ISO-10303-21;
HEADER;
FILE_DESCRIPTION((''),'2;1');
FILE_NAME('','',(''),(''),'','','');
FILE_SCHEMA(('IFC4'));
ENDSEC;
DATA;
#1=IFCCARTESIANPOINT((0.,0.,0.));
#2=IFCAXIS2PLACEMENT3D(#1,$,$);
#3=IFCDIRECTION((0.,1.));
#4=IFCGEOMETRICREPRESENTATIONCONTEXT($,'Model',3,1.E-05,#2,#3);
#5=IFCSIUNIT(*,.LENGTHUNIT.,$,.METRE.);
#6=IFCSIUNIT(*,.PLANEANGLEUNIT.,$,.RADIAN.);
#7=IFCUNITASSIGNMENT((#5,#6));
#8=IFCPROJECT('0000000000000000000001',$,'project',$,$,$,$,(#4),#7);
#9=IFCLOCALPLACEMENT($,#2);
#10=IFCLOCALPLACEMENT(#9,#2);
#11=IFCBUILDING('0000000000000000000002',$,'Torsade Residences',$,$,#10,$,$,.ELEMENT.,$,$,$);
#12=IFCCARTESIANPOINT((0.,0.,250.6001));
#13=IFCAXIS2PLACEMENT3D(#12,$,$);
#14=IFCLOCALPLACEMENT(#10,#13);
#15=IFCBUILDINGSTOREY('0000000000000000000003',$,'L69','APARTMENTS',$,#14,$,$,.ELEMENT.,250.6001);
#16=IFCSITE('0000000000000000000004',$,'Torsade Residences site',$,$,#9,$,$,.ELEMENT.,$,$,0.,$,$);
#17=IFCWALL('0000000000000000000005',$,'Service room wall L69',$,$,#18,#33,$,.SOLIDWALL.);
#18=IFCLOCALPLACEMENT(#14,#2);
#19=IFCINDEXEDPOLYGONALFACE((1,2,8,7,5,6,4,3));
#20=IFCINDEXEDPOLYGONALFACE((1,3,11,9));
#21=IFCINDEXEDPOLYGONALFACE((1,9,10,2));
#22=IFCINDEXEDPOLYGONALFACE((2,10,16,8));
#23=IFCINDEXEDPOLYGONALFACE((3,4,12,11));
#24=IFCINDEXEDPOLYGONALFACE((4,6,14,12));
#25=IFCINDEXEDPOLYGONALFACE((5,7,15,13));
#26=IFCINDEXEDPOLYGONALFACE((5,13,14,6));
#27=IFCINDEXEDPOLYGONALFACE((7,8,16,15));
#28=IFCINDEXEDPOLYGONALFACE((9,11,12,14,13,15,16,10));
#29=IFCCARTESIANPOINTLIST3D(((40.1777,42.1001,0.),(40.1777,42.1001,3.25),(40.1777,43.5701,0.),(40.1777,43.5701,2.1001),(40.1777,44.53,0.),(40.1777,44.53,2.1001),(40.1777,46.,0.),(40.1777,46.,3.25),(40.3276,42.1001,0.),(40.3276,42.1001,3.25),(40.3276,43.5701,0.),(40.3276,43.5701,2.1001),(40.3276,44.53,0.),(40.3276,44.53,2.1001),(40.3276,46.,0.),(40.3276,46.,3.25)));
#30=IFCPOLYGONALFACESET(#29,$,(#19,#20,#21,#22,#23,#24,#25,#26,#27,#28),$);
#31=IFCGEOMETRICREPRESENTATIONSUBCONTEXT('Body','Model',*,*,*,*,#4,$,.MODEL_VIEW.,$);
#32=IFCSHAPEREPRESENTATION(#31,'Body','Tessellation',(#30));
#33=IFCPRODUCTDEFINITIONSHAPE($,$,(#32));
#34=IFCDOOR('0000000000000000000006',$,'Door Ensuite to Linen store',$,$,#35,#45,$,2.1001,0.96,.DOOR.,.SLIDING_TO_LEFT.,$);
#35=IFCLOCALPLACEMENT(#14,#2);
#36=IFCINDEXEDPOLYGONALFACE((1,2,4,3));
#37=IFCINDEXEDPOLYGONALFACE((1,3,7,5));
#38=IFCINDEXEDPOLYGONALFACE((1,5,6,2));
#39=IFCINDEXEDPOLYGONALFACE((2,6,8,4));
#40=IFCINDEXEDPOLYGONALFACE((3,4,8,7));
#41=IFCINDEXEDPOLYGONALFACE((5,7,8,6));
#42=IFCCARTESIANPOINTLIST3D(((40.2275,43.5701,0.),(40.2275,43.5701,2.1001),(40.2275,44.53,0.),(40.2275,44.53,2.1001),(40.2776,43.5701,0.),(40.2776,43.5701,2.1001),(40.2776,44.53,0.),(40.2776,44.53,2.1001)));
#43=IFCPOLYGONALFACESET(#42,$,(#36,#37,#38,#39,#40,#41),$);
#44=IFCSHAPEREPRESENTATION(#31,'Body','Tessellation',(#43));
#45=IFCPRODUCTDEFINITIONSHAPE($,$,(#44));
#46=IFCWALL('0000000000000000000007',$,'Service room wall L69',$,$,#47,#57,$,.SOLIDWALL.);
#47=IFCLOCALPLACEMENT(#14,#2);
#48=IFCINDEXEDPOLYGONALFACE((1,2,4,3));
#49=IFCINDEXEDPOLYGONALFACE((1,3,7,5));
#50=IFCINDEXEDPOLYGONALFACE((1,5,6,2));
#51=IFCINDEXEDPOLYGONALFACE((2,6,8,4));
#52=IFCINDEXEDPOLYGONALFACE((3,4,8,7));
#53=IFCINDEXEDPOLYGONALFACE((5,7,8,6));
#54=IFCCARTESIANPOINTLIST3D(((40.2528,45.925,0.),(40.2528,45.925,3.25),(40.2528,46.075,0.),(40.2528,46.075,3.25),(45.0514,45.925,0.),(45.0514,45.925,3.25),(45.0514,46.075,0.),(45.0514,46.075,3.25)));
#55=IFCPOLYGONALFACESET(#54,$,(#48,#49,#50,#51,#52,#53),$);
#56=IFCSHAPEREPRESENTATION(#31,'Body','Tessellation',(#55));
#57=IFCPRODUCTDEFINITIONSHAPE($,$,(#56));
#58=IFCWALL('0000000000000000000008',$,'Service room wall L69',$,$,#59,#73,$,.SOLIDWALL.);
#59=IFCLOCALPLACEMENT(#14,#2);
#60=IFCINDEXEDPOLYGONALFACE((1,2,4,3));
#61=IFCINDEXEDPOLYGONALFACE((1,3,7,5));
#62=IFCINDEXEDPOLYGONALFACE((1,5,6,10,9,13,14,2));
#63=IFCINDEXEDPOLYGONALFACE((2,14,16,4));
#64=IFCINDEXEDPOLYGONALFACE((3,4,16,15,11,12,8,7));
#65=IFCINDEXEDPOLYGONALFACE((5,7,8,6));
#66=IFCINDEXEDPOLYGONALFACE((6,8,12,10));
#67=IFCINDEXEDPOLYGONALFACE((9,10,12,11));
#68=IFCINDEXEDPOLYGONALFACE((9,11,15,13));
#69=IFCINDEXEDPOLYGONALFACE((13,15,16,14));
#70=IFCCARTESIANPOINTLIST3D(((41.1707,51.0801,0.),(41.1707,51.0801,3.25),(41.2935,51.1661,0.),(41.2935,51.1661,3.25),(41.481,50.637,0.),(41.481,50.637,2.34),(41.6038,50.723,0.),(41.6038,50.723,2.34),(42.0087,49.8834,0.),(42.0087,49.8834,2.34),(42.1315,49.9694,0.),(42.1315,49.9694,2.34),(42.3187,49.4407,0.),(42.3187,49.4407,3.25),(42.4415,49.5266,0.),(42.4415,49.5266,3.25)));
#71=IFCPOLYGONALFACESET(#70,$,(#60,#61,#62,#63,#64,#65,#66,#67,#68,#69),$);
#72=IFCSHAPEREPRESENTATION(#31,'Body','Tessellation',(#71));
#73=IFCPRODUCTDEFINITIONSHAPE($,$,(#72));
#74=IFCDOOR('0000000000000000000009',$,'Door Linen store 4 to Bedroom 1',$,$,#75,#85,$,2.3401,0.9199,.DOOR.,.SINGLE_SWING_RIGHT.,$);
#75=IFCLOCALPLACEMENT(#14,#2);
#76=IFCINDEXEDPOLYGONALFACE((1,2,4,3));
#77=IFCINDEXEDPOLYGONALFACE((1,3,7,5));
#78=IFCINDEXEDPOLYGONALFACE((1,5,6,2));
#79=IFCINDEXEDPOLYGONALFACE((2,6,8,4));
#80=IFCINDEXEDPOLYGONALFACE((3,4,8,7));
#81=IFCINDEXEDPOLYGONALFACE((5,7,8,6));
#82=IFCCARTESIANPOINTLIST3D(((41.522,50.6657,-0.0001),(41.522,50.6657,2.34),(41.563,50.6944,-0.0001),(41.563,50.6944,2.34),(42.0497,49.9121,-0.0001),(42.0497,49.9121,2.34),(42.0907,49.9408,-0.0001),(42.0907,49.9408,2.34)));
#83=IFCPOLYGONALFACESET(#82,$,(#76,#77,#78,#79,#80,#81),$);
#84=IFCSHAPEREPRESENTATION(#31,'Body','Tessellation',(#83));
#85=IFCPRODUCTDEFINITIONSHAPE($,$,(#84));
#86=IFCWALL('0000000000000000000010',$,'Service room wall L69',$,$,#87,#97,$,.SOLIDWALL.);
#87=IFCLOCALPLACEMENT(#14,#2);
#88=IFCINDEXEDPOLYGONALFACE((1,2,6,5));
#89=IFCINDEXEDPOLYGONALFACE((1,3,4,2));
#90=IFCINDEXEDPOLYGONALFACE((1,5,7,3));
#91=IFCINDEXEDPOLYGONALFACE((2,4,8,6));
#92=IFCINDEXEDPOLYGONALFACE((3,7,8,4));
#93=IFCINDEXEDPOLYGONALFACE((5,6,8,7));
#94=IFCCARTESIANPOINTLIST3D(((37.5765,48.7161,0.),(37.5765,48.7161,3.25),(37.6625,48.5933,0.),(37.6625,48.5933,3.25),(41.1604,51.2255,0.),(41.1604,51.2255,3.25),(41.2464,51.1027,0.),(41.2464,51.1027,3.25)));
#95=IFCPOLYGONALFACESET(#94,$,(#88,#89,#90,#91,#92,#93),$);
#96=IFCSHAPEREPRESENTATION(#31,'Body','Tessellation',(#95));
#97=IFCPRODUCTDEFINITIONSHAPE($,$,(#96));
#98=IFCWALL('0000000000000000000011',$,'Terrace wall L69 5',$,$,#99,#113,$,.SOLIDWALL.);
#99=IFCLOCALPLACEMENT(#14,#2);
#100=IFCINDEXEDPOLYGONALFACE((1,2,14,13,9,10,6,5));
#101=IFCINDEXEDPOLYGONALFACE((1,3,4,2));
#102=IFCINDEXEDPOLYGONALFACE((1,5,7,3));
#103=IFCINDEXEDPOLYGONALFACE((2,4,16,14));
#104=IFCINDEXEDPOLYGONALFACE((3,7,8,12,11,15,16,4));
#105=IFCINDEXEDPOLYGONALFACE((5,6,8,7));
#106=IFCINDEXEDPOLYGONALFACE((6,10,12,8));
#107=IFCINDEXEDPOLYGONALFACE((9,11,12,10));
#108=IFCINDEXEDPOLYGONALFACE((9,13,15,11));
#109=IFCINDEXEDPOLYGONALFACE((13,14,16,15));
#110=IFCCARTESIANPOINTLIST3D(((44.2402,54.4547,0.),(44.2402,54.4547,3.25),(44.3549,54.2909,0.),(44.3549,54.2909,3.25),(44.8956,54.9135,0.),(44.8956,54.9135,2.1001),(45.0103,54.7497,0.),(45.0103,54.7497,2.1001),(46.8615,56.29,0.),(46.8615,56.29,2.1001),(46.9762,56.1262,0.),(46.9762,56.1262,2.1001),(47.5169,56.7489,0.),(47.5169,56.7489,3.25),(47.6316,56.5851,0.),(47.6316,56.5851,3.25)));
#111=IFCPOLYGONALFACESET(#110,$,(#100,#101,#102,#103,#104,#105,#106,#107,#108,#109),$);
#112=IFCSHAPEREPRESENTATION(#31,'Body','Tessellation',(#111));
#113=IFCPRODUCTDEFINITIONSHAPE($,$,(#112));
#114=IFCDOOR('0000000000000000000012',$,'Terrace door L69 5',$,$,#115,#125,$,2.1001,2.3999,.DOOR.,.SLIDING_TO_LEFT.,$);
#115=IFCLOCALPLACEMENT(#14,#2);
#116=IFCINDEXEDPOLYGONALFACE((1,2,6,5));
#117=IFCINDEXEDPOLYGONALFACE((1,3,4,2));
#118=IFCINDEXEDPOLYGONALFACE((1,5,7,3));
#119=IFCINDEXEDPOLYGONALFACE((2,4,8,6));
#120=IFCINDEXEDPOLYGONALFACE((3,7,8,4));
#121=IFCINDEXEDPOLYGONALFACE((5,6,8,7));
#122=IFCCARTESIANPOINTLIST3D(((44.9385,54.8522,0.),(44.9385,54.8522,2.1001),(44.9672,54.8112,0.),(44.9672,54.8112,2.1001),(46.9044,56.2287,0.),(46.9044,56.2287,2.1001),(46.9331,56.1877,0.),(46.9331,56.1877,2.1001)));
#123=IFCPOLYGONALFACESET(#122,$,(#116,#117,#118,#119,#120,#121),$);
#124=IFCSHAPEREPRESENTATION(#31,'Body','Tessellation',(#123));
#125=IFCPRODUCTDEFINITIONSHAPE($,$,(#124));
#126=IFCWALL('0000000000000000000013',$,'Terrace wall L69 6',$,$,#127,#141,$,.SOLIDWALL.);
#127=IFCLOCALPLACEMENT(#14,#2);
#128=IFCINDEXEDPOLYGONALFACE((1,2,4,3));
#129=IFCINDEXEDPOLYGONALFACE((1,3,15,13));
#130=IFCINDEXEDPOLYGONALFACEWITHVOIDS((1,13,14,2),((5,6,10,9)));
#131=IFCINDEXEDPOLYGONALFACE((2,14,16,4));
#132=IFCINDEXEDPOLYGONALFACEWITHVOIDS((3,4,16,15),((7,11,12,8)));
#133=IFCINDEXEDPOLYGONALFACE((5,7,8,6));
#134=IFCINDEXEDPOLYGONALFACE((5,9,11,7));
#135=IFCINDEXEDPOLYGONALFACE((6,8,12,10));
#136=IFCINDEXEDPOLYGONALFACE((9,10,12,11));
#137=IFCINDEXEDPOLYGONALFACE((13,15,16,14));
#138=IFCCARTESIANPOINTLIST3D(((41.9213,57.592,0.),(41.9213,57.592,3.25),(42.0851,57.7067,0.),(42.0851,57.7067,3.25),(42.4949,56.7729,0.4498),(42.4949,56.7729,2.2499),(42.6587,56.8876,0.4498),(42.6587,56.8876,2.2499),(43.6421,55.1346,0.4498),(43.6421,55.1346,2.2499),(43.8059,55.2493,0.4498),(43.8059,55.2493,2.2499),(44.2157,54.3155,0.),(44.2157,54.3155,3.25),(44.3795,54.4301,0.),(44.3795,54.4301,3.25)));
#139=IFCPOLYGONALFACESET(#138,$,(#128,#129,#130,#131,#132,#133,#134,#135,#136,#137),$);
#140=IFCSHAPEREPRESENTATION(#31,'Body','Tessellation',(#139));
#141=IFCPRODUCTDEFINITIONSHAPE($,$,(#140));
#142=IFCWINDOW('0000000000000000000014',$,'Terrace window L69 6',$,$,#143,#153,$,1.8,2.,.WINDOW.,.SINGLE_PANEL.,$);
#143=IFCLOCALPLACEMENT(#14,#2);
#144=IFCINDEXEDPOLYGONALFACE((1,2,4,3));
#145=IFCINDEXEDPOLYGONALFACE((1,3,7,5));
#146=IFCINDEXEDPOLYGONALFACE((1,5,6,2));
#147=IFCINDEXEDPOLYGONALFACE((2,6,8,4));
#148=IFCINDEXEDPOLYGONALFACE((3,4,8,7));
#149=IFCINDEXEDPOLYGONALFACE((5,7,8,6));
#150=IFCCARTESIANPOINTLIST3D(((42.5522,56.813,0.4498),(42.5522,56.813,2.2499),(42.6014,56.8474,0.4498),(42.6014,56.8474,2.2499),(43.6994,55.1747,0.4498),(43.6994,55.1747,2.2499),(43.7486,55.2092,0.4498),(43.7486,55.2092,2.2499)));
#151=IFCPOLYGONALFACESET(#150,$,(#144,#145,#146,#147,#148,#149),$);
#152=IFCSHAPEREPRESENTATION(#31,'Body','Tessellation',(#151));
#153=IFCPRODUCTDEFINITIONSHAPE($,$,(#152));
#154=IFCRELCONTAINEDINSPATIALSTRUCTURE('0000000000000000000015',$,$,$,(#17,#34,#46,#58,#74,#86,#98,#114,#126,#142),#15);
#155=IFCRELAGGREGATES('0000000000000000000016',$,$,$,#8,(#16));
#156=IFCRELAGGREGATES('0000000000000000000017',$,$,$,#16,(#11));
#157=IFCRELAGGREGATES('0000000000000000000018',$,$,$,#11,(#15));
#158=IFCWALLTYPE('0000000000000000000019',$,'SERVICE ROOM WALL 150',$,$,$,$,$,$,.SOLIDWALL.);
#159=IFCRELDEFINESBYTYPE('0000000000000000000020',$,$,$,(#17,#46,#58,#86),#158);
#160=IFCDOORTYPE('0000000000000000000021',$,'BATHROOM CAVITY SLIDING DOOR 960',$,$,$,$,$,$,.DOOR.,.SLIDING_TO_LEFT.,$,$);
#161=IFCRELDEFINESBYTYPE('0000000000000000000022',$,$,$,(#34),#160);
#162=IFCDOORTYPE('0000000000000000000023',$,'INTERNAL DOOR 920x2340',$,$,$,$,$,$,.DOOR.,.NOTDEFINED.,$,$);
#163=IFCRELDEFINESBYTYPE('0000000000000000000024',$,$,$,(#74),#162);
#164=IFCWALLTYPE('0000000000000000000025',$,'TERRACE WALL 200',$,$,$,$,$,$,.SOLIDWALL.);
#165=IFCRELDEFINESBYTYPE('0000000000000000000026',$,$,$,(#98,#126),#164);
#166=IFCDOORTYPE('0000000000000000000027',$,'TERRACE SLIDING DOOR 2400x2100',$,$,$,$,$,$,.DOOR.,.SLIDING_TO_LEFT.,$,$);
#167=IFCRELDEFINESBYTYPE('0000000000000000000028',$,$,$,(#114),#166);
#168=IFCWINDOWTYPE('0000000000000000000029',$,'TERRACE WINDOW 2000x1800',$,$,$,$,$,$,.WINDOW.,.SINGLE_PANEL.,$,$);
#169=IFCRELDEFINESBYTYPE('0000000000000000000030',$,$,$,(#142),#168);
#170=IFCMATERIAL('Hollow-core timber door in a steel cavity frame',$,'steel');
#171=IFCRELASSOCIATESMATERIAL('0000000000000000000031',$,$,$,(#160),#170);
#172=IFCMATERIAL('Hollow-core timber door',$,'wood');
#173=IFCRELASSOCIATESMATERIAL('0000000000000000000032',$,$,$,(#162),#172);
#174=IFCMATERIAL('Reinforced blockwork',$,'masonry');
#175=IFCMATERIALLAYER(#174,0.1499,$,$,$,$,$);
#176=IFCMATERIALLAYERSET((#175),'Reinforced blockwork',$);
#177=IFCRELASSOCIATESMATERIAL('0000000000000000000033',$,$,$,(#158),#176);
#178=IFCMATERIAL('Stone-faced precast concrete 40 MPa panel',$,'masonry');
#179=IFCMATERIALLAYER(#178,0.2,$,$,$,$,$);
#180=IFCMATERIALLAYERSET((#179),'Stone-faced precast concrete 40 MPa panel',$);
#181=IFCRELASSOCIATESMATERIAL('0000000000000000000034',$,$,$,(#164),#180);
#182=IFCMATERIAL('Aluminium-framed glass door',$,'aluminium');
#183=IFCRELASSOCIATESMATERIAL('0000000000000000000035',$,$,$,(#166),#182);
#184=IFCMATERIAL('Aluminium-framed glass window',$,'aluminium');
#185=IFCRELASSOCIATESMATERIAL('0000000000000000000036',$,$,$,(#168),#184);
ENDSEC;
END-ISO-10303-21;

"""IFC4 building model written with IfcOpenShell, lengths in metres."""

from ifc_helpers import new_model, si_unit, direction, frame, frame_2d, origin, place, context, subcontext, project, spatial, rectangle, extrude, material, layer, layer_set, type_object, element, fill, save


model = new_model("IFC4")

# Units and contexts
model_context = context("Model", 3, precision=1e-05, world=origin(), true_north=direction((0.0, 1.0)))
body_context = subcontext(model_context, "Body", "Model", "MODEL_VIEW")
ifc_project = project(units=[si_unit("LENGTHUNIT", "METRE"), si_unit("PLANEANGLEUNIT", "RADIAN")], contexts=[model_context])

# Site, building, storey
site_placement = place(None, origin())
site = spatial("IfcSite", under=ifc_project, at=site_placement, Name="Torsade Residences site", CompositionType="ELEMENT", RefElevation=0.0)
building_placement = place(site_placement, origin())
building = spatial("IfcBuilding", under=site, at=building_placement, Name="Torsade Residences", CompositionType="ELEMENT")
storey_placement = place(building_placement, frame((0.0, 0.0, 250.6001)))
storey = spatial("IfcBuildingStorey", under=building, at=storey_placement, Name="L69", Description="APARTMENTS", CompositionType="ELEMENT", Elevation=250.6001)

# Shared definitions
ifc_material_1 = material(Name="Hollow-core timber door in a steel cavity frame", Category="steel")
door_type_1 = type_object("IfcDoorType", Name="BATHROOM CAVITY SLIDING DOOR 960", OperationType="SLIDING_TO_LEFT", PredefinedType="DOOR", material=ifc_material_1)
ifc_material_2 = material(Name="Hollow-core timber door", Category="wood")
door_type_2 = type_object("IfcDoorType", Name="INTERNAL DOOR 920x2340", OperationType="NOTDEFINED", PredefinedType="DOOR", material=ifc_material_2)

# Wall, opening, door
ifc_material_3 = material(Name="Reinforced blockwork", Category="masonry")
ifc_layer_1 = layer(ifc_material_3, 0.1499)
ifc_layer_set_1 = layer_set([ifc_layer_1], Name="Reinforced blockwork")
wall_type_1 = type_object("IfcWallType", Name="SERVICE ROOM WALL 150", PredefinedType="SOLIDWALL", material=ifc_layer_set_1)
wall_1_placement = place(storey_placement, frame((40.2527, 46.0, 0.0), z_axis=(0.0, 0.0, 1.0), x_axis=(0.0, -1.0, 0.0)))
wall_1 = element("IfcWall", 1, at=wall_1_placement, inside=storey, type_object=wall_type_1, Name="Service room wall L69", PredefinedType="SOLIDWALL", context=body_context, shape_type="SweptSolid", body=[
    extrude(rectangle(XDim=3.8999, YDim=0.1499, at=frame_2d((1.95, 0.0))), origin(), (0.0, 0.0, 1.0), 3.25),
])
opening_1_placement = place(wall_1_placement, frame((1.47, 0.0, 0.0)))
opening_1 = element("IfcOpeningElement", 2, at=opening_1_placement, cuts=wall_1, PredefinedType="OPENING", context=body_context, shape_type="SweptSolid", body=[
    extrude(rectangle(XDim=0.96, YDim=2.1001, at=frame_2d((0.48, 1.05))), frame((0.0, 0.085, 0.0), z_axis=(0.0, -1.0, 0.0), x_axis=(1.0, 0.0, 0.0)), (0.0, 0.0, 1.0), 0.1699),
])
door_1_placement = place(opening_1_placement, origin())
door_1 = element("IfcDoor", 3, at=door_1_placement, inside=storey, type_object=door_type_1, Name="Door Ensuite to Linen store", OperationType="SLIDING_TO_LEFT", OverallHeight=2.1001, OverallWidth=0.96, PredefinedType="DOOR", context=body_context, shape_type="SweptSolid", body=[
    extrude(rectangle(XDim=0.96, YDim=2.1001, at=frame_2d((0.48, 1.05))), frame((0.0, 0.0249, 0.0), z_axis=(0.0, -1.0, 0.0), x_axis=(1.0, 0.0, 0.0)), (0.0, 0.0, 1.0), 0.05),
])
fill(opening_1, door_1)

# Wall
wall_2_placement = place(storey_placement, frame((40.2527, 46.0, 0.0), z_axis=(0.0, 0.0, 1.0), x_axis=(1.0, 0.0, 0.0)))
element("IfcWall", 4, at=wall_2_placement, inside=storey, type_object=wall_type_1, Name="Service room wall L69", PredefinedType="SOLIDWALL", context=body_context, shape_type="SweptSolid", body=[
    extrude(rectangle(XDim=4.7986, YDim=0.1499, at=frame_2d((2.3994, 0.0))), origin(), (0.0, 0.0, 1.0), 3.25),
])

# Wall, opening, door
wall_3_placement = place(storey_placement, frame((42.3801, 49.4836, 0.0), z_axis=(0.0, 0.0, 1.0), x_axis=(-0.573585, 0.819146, 0.0)))
wall_3 = element("IfcWall", 5, at=wall_3_placement, inside=storey, type_object=wall_type_1, Name="Service room wall L69", PredefinedType="SOLIDWALL", context=body_context, shape_type="SweptSolid", body=[
    extrude(rectangle(XDim=2.0015, YDim=0.1499, at=frame_2d((1.0007, 0.0))), origin(), (0.0, 0.0, 1.0), 3.25),
])
opening_2_placement = place(wall_3_placement, frame((0.5405, 0.0, 0.0)))
opening_2 = element("IfcOpeningElement", 6, at=opening_2_placement, cuts=wall_3, PredefinedType="OPENING", context=body_context, shape_type="SweptSolid", body=[
    extrude(rectangle(XDim=0.9199, YDim=2.3401, at=frame_2d((0.46, 1.1699))), frame((0.0, 0.085, 0.0), z_axis=(0.0, -1.0, 0.0), x_axis=(1.0, 0.0, 0.0)), (0.0, 0.0, 1.0), 0.1699),
])
door_2_placement = place(opening_2_placement, origin())
door_2 = element("IfcDoor", 7, at=door_2_placement, inside=storey, type_object=door_type_2, Name="Door Linen store 4 to Bedroom 1", OperationType="SINGLE_SWING_RIGHT", OverallHeight=2.3401, OverallWidth=0.9199, PredefinedType="DOOR", context=body_context, shape_type="SweptSolid", body=[
    extrude(rectangle(XDim=0.9199, YDim=2.3401, at=frame_2d((0.46, 1.1699))), frame((0.0, 0.0249, 0.0), z_axis=(0.0, -1.0, 0.0), x_axis=(1.0, 0.0, 0.0)), (0.0, 0.0, 1.0), 0.05),
])
fill(opening_2, door_2)

# Wall
wall_4_placement = place(storey_placement, frame((41.2034, 51.1641, 0.0), z_axis=(0.0, 0.0, 1.0), x_axis=(-0.819161, -0.573563, 0.0)))
element("IfcWall", 8, at=wall_4_placement, inside=storey, type_object=wall_type_1, Name="Service room wall L69", PredefinedType="SOLIDWALL", context=body_context, shape_type="SweptSolid", body=[
    extrude(rectangle(XDim=4.375, YDim=0.1499, at=frame_2d((2.1875, 0.0))), origin(), (0.0, 0.0, 1.0), 3.25),
])

# Wall, opening, door
ifc_material_4 = material(Name="Stone-faced precast concrete 40 MPa panel", Category="masonry")
ifc_layer_2 = layer(ifc_material_4, 0.2)
ifc_layer_set_2 = layer_set([ifc_layer_2], Name="Stone-faced precast concrete 40 MPa panel")
wall_type_2 = type_object("IfcWallType", Name="TERRACE WALL 200", PredefinedType="SOLIDWALL", material=ifc_layer_set_2)
wall_5_placement = place(storey_placement, frame((47.5742, 56.667, 0.0), z_axis=(0.0, 0.0, 1.0), x_axis=(-0.819166, -0.573557, 0.0)))
wall_5 = element("IfcWall", 9, at=wall_5_placement, inside=storey, type_object=wall_type_2, Name="Terrace wall L69 5", PredefinedType="SOLIDWALL", context=body_context, shape_type="SweptSolid", body=[
    extrude(rectangle(XDim=4.0, YDim=0.2, at=frame_2d((2.0, 0.0))), origin(), (0.0, 0.0, 1.0), 3.25),
])
opening_3_placement = place(wall_5_placement, frame((0.8, 0.0, 0.0)))
opening_3 = element("IfcOpeningElement", 10, at=opening_3_placement, cuts=wall_5, PredefinedType="OPENING", context=body_context, shape_type="SweptSolid", body=[
    extrude(rectangle(XDim=2.3999, YDim=2.1001, at=frame_2d((1.2, 1.05))), frame((0.0, 0.1099, 0.0), z_axis=(0.0, -1.0, 0.0), x_axis=(1.0, 0.0, 0.0)), (0.0, 0.0, 1.0), 0.22),
])
ifc_material_5 = material(Name="Aluminium-framed glass door", Category="aluminium")
door_type_3 = type_object("IfcDoorType", Name="TERRACE SLIDING DOOR 2400x2100", OperationType="SLIDING_TO_LEFT", PredefinedType="DOOR", material=ifc_material_5)
door_3_placement = place(opening_3_placement, origin())
door_3 = element("IfcDoor", 11, at=door_3_placement, inside=storey, type_object=door_type_3, Name="Terrace door L69 5", OperationType="SLIDING_TO_LEFT", OverallHeight=2.1001, OverallWidth=2.3999, PredefinedType="DOOR", context=body_context, shape_type="SweptSolid", body=[
    extrude(rectangle(XDim=2.3999, YDim=2.1001, at=frame_2d((1.2, 1.05))), frame((0.0, 0.0249, 0.0), z_axis=(0.0, -1.0, 0.0), x_axis=(1.0, 0.0, 0.0)), (0.0, 0.0, 1.0), 0.05),
])
fill(opening_3, door_3)

# Wall, opening, window
wall_6_placement = place(storey_placement, frame((44.2976, 54.3728, 0.0), z_axis=(0.0, 0.0, 1.0), x_axis=(-0.573598, 0.819137, 0.0)))
wall_6 = element("IfcWall", 12, at=wall_6_placement, inside=storey, type_object=wall_type_2, Name="Terrace wall L69 6", PredefinedType="SOLIDWALL", context=body_context, shape_type="SweptSolid", body=[
    extrude(rectangle(XDim=4.0, YDim=0.2, at=frame_2d((2.0, 0.0))), origin(), (0.0, 0.0, 1.0), 3.25),
])
opening_4_placement = place(wall_6_placement, frame((1.0, 0.0, 0.45)))
opening_4 = element("IfcOpeningElement", 13, at=opening_4_placement, cuts=wall_6, PredefinedType="OPENING", context=body_context, shape_type="SweptSolid", body=[
    extrude(rectangle(XDim=2.0, YDim=1.8, at=frame_2d((1.0, 0.8999))), frame((0.0, 0.1099, 0.0), z_axis=(0.0, -1.0, 0.0), x_axis=(1.0, 0.0, 0.0)), (0.0, 0.0, 1.0), 0.22),
])
ifc_material_6 = material(Name="Aluminium-framed glass window", Category="aluminium")
window_type = type_object("IfcWindowType", Name="TERRACE WINDOW 2000x1800", PartitioningType="SINGLE_PANEL", PredefinedType="WINDOW", material=ifc_material_6)
window_placement = place(opening_4_placement, origin())
window = element("IfcWindow", 14, at=window_placement, inside=storey, type_object=window_type, Name="Terrace window L69 6", OverallHeight=1.8, OverallWidth=2.0, PartitioningType="SINGLE_PANEL", PredefinedType="WINDOW", context=body_context, shape_type="SweptSolid", body=[
    extrude(rectangle(XDim=2.0, YDim=1.8, at=frame_2d((1.0, 0.8999))), frame((0.0, 0.03, 0.0), z_axis=(0.0, -1.0, 0.0), x_axis=(1.0, 0.0, 0.0)), (0.0, 0.0, 1.0), 0.0601),
])
fill(opening_4, window)

save(model, "model.ifc")
